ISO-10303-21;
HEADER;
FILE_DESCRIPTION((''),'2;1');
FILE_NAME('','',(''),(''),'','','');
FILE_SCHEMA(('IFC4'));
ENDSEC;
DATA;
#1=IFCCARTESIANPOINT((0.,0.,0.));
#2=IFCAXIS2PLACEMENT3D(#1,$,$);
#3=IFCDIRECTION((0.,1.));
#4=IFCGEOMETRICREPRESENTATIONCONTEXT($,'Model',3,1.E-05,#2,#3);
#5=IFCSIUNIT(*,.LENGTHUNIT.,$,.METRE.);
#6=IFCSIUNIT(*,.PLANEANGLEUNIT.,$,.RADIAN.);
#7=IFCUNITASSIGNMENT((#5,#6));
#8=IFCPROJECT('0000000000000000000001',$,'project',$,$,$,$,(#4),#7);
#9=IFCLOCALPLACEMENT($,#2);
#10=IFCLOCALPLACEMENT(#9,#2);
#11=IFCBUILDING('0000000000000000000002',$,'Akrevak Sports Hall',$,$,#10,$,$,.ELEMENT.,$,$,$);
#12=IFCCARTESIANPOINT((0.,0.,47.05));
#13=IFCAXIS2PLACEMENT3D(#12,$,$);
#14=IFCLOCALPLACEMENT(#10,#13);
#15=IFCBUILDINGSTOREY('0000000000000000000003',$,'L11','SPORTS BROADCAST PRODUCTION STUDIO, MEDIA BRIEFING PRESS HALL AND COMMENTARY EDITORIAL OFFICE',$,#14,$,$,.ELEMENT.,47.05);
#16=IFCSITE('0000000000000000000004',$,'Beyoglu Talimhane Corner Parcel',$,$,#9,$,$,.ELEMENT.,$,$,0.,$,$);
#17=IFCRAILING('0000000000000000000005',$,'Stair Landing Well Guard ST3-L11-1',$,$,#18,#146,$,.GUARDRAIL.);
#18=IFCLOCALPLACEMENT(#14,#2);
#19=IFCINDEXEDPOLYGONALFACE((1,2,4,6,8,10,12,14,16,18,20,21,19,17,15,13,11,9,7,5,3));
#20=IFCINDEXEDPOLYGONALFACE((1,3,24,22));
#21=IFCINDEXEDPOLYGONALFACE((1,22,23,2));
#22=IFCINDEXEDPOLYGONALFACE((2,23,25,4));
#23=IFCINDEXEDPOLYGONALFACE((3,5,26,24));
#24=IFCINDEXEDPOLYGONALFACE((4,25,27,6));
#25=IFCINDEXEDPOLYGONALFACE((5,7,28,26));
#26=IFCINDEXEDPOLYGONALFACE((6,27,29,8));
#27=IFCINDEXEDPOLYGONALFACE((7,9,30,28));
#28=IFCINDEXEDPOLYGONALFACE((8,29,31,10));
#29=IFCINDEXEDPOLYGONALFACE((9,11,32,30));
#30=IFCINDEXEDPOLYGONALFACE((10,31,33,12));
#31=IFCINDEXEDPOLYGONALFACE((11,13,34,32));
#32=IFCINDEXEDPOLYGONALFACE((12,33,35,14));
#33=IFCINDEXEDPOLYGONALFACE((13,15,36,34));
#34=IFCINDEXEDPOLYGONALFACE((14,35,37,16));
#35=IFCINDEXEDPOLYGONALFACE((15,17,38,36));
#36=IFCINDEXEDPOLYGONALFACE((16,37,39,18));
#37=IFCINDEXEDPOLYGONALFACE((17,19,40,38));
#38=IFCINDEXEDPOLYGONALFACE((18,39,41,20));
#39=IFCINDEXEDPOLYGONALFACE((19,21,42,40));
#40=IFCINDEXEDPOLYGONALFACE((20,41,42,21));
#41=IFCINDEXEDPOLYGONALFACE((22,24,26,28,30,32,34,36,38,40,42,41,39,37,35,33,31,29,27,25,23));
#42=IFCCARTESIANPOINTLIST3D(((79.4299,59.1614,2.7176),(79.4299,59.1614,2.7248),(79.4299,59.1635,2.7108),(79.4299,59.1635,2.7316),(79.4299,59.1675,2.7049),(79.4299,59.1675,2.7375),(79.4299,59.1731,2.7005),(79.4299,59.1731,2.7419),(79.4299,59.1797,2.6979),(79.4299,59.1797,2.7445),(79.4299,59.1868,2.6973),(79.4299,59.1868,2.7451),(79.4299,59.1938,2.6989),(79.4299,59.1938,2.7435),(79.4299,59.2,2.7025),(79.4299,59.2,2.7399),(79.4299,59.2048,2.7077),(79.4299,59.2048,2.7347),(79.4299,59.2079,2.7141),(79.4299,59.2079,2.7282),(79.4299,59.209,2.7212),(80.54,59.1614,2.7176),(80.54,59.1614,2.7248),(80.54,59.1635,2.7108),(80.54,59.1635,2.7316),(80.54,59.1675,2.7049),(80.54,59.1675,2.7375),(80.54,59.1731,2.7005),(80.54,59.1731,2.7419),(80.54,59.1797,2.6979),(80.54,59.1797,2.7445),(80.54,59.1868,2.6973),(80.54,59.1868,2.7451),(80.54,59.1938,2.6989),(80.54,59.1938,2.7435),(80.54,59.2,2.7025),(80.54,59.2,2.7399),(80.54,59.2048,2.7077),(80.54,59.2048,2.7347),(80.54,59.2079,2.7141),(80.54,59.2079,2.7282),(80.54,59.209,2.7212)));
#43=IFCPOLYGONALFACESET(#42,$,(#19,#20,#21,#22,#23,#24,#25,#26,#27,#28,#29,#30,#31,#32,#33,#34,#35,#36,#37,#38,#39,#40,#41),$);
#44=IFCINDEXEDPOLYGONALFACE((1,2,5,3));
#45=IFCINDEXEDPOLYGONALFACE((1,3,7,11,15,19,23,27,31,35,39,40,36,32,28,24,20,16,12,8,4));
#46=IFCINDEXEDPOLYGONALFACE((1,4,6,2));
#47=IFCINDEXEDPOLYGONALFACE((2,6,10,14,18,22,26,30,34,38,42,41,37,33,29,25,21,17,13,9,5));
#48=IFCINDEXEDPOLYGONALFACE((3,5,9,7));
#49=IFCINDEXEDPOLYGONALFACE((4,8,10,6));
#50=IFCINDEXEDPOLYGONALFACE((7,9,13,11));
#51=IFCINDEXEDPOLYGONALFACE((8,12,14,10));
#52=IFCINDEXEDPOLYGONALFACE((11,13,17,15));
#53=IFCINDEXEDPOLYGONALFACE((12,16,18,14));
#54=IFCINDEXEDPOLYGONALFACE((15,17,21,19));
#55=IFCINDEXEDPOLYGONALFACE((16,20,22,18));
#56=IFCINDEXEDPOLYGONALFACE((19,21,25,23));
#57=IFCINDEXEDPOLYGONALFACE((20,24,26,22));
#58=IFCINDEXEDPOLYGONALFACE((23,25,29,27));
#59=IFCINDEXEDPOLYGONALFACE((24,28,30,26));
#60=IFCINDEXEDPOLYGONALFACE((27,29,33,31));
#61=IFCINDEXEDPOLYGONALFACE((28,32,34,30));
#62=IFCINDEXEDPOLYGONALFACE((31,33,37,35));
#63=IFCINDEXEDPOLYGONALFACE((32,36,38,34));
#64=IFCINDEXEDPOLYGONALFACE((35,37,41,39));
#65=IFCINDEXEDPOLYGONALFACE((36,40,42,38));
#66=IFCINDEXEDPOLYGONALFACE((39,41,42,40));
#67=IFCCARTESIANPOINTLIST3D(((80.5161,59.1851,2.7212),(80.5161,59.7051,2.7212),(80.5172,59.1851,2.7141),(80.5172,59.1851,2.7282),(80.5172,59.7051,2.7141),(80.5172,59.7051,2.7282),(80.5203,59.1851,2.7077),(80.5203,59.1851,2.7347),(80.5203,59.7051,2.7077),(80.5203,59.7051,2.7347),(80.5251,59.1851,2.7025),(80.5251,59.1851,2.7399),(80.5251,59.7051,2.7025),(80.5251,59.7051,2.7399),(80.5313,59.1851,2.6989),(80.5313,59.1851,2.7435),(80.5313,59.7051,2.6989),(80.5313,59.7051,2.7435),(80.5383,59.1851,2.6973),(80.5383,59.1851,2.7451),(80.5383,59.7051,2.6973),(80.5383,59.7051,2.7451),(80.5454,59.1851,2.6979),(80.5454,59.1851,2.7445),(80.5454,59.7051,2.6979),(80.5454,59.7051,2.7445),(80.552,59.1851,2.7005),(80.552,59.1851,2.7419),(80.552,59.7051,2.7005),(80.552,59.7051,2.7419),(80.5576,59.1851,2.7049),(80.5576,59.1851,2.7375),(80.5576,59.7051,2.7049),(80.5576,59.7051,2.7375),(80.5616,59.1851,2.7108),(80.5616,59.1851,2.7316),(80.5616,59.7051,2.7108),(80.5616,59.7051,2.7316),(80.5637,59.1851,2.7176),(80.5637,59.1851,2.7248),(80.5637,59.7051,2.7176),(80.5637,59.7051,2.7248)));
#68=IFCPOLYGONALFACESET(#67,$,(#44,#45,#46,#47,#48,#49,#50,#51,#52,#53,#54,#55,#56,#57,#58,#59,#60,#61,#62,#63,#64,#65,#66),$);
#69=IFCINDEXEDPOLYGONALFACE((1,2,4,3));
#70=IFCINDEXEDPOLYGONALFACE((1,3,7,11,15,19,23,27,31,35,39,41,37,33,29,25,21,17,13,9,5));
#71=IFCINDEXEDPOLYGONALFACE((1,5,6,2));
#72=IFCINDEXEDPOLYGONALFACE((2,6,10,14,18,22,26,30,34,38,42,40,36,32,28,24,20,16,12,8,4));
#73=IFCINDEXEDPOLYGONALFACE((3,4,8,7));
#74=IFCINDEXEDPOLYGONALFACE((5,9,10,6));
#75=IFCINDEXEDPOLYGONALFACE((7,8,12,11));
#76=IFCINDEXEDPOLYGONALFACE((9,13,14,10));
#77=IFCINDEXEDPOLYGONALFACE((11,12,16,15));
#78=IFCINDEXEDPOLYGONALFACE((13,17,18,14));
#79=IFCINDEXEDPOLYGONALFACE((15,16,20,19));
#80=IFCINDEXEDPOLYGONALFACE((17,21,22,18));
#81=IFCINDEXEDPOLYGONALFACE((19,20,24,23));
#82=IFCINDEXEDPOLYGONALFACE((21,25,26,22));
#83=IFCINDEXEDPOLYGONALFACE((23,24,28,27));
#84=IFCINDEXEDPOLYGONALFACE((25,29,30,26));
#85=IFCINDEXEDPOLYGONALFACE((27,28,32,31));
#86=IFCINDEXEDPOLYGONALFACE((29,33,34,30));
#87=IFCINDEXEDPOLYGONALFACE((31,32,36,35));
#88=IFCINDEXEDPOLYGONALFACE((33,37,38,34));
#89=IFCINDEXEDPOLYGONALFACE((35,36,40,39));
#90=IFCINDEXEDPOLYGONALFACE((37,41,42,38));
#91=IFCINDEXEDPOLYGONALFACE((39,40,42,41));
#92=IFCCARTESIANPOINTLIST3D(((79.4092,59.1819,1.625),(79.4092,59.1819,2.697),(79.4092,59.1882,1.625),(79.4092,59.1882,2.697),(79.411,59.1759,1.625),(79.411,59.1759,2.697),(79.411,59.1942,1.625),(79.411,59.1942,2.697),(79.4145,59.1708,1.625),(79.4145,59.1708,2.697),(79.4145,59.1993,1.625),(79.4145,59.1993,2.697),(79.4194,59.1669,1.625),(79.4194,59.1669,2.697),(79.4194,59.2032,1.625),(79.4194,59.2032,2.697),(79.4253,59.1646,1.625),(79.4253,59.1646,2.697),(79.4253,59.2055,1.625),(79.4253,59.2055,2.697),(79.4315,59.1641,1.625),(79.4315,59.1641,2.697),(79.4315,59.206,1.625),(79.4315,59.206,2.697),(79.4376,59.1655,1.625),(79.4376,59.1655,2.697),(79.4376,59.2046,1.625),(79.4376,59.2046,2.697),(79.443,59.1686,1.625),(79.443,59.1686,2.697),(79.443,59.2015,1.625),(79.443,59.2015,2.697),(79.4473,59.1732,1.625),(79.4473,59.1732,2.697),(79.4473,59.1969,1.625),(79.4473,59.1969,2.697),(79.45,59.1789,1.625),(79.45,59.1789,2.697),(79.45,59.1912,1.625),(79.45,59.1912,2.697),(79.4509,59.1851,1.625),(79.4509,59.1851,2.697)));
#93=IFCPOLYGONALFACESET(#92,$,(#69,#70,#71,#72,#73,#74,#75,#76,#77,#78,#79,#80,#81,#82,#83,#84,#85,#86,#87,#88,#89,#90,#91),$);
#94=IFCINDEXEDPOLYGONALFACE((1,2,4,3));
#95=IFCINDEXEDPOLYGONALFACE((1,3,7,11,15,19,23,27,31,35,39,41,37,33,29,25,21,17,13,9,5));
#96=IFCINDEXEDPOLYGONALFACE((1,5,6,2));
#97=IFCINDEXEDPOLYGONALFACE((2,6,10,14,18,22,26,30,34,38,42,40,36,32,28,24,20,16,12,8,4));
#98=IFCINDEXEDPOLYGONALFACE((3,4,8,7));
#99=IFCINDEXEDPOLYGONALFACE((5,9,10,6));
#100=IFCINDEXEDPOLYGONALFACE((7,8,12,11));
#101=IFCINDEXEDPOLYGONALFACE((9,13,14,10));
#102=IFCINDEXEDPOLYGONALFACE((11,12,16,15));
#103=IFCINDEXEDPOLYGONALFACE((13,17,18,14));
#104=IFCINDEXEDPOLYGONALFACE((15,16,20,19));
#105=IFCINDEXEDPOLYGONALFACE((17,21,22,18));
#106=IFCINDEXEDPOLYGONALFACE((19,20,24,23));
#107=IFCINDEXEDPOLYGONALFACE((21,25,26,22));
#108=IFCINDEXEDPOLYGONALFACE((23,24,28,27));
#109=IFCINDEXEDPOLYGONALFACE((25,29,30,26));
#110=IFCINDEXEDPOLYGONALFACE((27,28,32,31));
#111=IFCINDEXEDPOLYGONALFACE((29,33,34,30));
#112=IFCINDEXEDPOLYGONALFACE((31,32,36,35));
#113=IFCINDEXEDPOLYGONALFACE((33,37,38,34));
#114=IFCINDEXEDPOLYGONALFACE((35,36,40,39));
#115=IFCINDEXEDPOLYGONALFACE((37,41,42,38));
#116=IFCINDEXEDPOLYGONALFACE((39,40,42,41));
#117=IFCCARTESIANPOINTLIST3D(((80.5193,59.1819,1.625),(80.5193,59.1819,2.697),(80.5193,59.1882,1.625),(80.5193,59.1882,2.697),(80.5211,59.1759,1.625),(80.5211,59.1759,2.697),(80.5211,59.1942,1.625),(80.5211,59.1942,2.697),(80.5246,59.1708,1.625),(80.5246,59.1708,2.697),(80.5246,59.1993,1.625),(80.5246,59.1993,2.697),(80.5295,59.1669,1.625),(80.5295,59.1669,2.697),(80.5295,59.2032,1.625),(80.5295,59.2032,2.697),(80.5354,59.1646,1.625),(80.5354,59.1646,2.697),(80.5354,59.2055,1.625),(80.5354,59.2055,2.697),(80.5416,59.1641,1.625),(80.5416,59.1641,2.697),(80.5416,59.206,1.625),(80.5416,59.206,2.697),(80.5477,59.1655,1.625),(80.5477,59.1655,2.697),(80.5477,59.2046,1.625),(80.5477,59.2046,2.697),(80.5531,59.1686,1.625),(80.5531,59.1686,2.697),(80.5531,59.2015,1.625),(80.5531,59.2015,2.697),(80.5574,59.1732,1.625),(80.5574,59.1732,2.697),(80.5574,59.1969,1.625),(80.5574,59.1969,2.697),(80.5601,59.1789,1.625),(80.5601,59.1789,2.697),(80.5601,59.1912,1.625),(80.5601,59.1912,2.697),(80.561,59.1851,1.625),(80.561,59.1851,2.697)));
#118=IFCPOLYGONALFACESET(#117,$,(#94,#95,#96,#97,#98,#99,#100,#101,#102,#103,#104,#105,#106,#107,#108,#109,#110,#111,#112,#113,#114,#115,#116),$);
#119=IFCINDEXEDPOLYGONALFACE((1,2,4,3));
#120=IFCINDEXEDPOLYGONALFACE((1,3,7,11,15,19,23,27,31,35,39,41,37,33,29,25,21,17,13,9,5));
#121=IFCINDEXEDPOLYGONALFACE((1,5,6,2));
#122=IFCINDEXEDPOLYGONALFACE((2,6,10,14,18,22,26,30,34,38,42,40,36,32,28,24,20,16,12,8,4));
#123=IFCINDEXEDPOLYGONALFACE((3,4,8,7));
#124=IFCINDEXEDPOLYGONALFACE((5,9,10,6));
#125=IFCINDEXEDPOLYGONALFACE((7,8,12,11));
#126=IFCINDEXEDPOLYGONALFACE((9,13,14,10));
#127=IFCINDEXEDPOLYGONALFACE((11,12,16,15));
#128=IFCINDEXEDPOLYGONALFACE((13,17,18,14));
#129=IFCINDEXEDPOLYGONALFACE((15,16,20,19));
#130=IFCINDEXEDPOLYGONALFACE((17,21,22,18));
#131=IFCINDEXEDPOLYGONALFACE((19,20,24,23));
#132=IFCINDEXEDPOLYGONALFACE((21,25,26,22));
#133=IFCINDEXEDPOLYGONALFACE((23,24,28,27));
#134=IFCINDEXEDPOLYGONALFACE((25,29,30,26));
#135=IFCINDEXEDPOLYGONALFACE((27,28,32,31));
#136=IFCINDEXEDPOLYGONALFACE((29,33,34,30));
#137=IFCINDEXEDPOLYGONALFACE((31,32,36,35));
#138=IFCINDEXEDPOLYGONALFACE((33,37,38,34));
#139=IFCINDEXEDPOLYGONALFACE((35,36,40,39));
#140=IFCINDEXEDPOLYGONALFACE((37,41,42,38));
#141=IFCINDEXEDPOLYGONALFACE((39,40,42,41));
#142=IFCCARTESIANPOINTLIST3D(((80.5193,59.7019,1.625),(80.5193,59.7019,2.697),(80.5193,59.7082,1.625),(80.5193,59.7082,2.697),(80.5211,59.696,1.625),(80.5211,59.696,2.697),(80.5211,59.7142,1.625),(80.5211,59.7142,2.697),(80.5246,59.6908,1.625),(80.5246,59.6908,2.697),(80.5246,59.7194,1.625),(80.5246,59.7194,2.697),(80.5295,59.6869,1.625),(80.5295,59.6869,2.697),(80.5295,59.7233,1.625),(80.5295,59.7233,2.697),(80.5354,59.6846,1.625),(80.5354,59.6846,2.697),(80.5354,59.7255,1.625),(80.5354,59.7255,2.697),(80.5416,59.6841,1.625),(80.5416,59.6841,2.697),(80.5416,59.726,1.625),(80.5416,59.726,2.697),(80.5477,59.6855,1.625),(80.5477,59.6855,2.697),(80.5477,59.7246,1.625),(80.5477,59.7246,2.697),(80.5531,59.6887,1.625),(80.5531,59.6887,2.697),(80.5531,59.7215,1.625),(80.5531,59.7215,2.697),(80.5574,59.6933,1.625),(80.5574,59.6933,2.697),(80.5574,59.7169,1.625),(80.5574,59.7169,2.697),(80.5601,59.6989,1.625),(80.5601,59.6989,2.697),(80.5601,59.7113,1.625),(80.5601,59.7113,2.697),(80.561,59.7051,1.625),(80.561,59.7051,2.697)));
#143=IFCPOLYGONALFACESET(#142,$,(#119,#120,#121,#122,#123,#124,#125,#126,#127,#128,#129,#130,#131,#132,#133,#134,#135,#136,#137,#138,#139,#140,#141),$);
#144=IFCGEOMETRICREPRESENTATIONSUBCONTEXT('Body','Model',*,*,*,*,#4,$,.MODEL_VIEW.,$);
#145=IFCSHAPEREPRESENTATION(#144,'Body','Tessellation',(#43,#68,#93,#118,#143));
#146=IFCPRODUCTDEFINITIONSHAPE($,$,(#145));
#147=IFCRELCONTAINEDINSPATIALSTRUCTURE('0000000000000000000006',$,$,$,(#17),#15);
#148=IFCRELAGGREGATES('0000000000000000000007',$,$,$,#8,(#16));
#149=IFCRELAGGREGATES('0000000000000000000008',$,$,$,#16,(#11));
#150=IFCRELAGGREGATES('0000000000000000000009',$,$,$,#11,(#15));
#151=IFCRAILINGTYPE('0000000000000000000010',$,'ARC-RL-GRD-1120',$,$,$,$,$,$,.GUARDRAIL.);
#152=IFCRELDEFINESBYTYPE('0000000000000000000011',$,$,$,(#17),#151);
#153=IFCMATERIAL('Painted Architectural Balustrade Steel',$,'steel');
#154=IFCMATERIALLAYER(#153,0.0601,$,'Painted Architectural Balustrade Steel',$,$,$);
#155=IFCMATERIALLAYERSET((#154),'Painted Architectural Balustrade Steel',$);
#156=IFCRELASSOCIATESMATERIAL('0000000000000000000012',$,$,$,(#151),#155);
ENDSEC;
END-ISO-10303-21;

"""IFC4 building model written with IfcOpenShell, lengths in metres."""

from ifc_helpers import new_model, si_unit, direction, frame, origin, origin_2d, place, context, subcontext, project, spatial, circle, extrude, material, layer, layer_set, type_object, element, save


model = new_model("IFC4")

# Units and contexts
model_context = context("Model", 3, precision=1e-05, world=origin(), true_north=direction((0.0, 1.0)))
body_context = subcontext(model_context, "Body", "Model", "MODEL_VIEW")
ifc_project = project(units=[si_unit("LENGTHUNIT", "METRE"), si_unit("PLANEANGLEUNIT", "RADIAN")], contexts=[model_context])

# Site, building, storey
site_placement = place(None, origin())
site = spatial("IfcSite", under=ifc_project, at=site_placement, Name="Beyoglu Talimhane Corner Parcel", CompositionType="ELEMENT", RefElevation=0.0)
building_placement = place(site_placement, origin())
building = spatial("IfcBuilding", under=site, at=building_placement, Name="Akrevak Sports Hall", CompositionType="ELEMENT")
storey_placement = place(building_placement, frame((0.0, 0.0, 47.05)))
storey = spatial("IfcBuildingStorey", under=building, at=storey_placement, Name="L11", Description="SPORTS BROADCAST PRODUCTION STUDIO, MEDIA BRIEFING PRESS HALL AND COMMENTARY EDITORIAL OFFICE", CompositionType="ELEMENT", Elevation=47.05)

# Railing
ifc_material_1 = material(Name="Painted Architectural Balustrade Steel", Category="steel")
ifc_layer_1 = layer(ifc_material_1, 0.0601, Name="Painted Architectural Balustrade Steel")
ifc_layer_set_1 = layer_set([ifc_layer_1], Name="Painted Architectural Balustrade Steel")
railing_type_1 = type_object("IfcRailingType", Name="ARC-RL-GRD-1120", PredefinedType="GUARDRAIL", material=ifc_layer_set_1)
railing_1_placement = place(storey_placement, frame((79.4299, 59.1851, 1.625)))
element("IfcRailing", 1, at=railing_1_placement, inside=storey, type_object=railing_type_1, Name="Stair Landing Well Guard ST3-L11-1", PredefinedType="GUARDRAIL", context=body_context, shape_type="SweptSolid", body=[
    extrude(circle(Radius=0.0239, at=origin_2d()), frame((0.0, 0.0, 1.0962), z_axis=(1.0, 0.0, 0.0), x_axis=(0.0, 1.0, 0.0)), (0.0, 0.0, 1.0), 1.1101),
    extrude(circle(Radius=0.0239, at=origin_2d()), frame((1.1101, 0.0, 1.0962), z_axis=(0.0, 1.0, 0.0), x_axis=(-1.0, 0.0, 0.0)), (0.0, 0.0, 1.0), 0.52),
    extrude(circle(Radius=0.021, at=origin_2d()), origin(), (0.0, 0.0, 1.0), 1.072),
    extrude(circle(Radius=0.021, at=origin_2d()), frame((1.1101, 0.0, 0.0)), (0.0, 0.0, 1.0), 1.072),
    extrude(circle(Radius=0.021, at=origin_2d()), frame((1.1101, 0.52, 0.0)), (0.0, 0.0, 1.0), 1.072),
])

save(model, "model.ifc")
